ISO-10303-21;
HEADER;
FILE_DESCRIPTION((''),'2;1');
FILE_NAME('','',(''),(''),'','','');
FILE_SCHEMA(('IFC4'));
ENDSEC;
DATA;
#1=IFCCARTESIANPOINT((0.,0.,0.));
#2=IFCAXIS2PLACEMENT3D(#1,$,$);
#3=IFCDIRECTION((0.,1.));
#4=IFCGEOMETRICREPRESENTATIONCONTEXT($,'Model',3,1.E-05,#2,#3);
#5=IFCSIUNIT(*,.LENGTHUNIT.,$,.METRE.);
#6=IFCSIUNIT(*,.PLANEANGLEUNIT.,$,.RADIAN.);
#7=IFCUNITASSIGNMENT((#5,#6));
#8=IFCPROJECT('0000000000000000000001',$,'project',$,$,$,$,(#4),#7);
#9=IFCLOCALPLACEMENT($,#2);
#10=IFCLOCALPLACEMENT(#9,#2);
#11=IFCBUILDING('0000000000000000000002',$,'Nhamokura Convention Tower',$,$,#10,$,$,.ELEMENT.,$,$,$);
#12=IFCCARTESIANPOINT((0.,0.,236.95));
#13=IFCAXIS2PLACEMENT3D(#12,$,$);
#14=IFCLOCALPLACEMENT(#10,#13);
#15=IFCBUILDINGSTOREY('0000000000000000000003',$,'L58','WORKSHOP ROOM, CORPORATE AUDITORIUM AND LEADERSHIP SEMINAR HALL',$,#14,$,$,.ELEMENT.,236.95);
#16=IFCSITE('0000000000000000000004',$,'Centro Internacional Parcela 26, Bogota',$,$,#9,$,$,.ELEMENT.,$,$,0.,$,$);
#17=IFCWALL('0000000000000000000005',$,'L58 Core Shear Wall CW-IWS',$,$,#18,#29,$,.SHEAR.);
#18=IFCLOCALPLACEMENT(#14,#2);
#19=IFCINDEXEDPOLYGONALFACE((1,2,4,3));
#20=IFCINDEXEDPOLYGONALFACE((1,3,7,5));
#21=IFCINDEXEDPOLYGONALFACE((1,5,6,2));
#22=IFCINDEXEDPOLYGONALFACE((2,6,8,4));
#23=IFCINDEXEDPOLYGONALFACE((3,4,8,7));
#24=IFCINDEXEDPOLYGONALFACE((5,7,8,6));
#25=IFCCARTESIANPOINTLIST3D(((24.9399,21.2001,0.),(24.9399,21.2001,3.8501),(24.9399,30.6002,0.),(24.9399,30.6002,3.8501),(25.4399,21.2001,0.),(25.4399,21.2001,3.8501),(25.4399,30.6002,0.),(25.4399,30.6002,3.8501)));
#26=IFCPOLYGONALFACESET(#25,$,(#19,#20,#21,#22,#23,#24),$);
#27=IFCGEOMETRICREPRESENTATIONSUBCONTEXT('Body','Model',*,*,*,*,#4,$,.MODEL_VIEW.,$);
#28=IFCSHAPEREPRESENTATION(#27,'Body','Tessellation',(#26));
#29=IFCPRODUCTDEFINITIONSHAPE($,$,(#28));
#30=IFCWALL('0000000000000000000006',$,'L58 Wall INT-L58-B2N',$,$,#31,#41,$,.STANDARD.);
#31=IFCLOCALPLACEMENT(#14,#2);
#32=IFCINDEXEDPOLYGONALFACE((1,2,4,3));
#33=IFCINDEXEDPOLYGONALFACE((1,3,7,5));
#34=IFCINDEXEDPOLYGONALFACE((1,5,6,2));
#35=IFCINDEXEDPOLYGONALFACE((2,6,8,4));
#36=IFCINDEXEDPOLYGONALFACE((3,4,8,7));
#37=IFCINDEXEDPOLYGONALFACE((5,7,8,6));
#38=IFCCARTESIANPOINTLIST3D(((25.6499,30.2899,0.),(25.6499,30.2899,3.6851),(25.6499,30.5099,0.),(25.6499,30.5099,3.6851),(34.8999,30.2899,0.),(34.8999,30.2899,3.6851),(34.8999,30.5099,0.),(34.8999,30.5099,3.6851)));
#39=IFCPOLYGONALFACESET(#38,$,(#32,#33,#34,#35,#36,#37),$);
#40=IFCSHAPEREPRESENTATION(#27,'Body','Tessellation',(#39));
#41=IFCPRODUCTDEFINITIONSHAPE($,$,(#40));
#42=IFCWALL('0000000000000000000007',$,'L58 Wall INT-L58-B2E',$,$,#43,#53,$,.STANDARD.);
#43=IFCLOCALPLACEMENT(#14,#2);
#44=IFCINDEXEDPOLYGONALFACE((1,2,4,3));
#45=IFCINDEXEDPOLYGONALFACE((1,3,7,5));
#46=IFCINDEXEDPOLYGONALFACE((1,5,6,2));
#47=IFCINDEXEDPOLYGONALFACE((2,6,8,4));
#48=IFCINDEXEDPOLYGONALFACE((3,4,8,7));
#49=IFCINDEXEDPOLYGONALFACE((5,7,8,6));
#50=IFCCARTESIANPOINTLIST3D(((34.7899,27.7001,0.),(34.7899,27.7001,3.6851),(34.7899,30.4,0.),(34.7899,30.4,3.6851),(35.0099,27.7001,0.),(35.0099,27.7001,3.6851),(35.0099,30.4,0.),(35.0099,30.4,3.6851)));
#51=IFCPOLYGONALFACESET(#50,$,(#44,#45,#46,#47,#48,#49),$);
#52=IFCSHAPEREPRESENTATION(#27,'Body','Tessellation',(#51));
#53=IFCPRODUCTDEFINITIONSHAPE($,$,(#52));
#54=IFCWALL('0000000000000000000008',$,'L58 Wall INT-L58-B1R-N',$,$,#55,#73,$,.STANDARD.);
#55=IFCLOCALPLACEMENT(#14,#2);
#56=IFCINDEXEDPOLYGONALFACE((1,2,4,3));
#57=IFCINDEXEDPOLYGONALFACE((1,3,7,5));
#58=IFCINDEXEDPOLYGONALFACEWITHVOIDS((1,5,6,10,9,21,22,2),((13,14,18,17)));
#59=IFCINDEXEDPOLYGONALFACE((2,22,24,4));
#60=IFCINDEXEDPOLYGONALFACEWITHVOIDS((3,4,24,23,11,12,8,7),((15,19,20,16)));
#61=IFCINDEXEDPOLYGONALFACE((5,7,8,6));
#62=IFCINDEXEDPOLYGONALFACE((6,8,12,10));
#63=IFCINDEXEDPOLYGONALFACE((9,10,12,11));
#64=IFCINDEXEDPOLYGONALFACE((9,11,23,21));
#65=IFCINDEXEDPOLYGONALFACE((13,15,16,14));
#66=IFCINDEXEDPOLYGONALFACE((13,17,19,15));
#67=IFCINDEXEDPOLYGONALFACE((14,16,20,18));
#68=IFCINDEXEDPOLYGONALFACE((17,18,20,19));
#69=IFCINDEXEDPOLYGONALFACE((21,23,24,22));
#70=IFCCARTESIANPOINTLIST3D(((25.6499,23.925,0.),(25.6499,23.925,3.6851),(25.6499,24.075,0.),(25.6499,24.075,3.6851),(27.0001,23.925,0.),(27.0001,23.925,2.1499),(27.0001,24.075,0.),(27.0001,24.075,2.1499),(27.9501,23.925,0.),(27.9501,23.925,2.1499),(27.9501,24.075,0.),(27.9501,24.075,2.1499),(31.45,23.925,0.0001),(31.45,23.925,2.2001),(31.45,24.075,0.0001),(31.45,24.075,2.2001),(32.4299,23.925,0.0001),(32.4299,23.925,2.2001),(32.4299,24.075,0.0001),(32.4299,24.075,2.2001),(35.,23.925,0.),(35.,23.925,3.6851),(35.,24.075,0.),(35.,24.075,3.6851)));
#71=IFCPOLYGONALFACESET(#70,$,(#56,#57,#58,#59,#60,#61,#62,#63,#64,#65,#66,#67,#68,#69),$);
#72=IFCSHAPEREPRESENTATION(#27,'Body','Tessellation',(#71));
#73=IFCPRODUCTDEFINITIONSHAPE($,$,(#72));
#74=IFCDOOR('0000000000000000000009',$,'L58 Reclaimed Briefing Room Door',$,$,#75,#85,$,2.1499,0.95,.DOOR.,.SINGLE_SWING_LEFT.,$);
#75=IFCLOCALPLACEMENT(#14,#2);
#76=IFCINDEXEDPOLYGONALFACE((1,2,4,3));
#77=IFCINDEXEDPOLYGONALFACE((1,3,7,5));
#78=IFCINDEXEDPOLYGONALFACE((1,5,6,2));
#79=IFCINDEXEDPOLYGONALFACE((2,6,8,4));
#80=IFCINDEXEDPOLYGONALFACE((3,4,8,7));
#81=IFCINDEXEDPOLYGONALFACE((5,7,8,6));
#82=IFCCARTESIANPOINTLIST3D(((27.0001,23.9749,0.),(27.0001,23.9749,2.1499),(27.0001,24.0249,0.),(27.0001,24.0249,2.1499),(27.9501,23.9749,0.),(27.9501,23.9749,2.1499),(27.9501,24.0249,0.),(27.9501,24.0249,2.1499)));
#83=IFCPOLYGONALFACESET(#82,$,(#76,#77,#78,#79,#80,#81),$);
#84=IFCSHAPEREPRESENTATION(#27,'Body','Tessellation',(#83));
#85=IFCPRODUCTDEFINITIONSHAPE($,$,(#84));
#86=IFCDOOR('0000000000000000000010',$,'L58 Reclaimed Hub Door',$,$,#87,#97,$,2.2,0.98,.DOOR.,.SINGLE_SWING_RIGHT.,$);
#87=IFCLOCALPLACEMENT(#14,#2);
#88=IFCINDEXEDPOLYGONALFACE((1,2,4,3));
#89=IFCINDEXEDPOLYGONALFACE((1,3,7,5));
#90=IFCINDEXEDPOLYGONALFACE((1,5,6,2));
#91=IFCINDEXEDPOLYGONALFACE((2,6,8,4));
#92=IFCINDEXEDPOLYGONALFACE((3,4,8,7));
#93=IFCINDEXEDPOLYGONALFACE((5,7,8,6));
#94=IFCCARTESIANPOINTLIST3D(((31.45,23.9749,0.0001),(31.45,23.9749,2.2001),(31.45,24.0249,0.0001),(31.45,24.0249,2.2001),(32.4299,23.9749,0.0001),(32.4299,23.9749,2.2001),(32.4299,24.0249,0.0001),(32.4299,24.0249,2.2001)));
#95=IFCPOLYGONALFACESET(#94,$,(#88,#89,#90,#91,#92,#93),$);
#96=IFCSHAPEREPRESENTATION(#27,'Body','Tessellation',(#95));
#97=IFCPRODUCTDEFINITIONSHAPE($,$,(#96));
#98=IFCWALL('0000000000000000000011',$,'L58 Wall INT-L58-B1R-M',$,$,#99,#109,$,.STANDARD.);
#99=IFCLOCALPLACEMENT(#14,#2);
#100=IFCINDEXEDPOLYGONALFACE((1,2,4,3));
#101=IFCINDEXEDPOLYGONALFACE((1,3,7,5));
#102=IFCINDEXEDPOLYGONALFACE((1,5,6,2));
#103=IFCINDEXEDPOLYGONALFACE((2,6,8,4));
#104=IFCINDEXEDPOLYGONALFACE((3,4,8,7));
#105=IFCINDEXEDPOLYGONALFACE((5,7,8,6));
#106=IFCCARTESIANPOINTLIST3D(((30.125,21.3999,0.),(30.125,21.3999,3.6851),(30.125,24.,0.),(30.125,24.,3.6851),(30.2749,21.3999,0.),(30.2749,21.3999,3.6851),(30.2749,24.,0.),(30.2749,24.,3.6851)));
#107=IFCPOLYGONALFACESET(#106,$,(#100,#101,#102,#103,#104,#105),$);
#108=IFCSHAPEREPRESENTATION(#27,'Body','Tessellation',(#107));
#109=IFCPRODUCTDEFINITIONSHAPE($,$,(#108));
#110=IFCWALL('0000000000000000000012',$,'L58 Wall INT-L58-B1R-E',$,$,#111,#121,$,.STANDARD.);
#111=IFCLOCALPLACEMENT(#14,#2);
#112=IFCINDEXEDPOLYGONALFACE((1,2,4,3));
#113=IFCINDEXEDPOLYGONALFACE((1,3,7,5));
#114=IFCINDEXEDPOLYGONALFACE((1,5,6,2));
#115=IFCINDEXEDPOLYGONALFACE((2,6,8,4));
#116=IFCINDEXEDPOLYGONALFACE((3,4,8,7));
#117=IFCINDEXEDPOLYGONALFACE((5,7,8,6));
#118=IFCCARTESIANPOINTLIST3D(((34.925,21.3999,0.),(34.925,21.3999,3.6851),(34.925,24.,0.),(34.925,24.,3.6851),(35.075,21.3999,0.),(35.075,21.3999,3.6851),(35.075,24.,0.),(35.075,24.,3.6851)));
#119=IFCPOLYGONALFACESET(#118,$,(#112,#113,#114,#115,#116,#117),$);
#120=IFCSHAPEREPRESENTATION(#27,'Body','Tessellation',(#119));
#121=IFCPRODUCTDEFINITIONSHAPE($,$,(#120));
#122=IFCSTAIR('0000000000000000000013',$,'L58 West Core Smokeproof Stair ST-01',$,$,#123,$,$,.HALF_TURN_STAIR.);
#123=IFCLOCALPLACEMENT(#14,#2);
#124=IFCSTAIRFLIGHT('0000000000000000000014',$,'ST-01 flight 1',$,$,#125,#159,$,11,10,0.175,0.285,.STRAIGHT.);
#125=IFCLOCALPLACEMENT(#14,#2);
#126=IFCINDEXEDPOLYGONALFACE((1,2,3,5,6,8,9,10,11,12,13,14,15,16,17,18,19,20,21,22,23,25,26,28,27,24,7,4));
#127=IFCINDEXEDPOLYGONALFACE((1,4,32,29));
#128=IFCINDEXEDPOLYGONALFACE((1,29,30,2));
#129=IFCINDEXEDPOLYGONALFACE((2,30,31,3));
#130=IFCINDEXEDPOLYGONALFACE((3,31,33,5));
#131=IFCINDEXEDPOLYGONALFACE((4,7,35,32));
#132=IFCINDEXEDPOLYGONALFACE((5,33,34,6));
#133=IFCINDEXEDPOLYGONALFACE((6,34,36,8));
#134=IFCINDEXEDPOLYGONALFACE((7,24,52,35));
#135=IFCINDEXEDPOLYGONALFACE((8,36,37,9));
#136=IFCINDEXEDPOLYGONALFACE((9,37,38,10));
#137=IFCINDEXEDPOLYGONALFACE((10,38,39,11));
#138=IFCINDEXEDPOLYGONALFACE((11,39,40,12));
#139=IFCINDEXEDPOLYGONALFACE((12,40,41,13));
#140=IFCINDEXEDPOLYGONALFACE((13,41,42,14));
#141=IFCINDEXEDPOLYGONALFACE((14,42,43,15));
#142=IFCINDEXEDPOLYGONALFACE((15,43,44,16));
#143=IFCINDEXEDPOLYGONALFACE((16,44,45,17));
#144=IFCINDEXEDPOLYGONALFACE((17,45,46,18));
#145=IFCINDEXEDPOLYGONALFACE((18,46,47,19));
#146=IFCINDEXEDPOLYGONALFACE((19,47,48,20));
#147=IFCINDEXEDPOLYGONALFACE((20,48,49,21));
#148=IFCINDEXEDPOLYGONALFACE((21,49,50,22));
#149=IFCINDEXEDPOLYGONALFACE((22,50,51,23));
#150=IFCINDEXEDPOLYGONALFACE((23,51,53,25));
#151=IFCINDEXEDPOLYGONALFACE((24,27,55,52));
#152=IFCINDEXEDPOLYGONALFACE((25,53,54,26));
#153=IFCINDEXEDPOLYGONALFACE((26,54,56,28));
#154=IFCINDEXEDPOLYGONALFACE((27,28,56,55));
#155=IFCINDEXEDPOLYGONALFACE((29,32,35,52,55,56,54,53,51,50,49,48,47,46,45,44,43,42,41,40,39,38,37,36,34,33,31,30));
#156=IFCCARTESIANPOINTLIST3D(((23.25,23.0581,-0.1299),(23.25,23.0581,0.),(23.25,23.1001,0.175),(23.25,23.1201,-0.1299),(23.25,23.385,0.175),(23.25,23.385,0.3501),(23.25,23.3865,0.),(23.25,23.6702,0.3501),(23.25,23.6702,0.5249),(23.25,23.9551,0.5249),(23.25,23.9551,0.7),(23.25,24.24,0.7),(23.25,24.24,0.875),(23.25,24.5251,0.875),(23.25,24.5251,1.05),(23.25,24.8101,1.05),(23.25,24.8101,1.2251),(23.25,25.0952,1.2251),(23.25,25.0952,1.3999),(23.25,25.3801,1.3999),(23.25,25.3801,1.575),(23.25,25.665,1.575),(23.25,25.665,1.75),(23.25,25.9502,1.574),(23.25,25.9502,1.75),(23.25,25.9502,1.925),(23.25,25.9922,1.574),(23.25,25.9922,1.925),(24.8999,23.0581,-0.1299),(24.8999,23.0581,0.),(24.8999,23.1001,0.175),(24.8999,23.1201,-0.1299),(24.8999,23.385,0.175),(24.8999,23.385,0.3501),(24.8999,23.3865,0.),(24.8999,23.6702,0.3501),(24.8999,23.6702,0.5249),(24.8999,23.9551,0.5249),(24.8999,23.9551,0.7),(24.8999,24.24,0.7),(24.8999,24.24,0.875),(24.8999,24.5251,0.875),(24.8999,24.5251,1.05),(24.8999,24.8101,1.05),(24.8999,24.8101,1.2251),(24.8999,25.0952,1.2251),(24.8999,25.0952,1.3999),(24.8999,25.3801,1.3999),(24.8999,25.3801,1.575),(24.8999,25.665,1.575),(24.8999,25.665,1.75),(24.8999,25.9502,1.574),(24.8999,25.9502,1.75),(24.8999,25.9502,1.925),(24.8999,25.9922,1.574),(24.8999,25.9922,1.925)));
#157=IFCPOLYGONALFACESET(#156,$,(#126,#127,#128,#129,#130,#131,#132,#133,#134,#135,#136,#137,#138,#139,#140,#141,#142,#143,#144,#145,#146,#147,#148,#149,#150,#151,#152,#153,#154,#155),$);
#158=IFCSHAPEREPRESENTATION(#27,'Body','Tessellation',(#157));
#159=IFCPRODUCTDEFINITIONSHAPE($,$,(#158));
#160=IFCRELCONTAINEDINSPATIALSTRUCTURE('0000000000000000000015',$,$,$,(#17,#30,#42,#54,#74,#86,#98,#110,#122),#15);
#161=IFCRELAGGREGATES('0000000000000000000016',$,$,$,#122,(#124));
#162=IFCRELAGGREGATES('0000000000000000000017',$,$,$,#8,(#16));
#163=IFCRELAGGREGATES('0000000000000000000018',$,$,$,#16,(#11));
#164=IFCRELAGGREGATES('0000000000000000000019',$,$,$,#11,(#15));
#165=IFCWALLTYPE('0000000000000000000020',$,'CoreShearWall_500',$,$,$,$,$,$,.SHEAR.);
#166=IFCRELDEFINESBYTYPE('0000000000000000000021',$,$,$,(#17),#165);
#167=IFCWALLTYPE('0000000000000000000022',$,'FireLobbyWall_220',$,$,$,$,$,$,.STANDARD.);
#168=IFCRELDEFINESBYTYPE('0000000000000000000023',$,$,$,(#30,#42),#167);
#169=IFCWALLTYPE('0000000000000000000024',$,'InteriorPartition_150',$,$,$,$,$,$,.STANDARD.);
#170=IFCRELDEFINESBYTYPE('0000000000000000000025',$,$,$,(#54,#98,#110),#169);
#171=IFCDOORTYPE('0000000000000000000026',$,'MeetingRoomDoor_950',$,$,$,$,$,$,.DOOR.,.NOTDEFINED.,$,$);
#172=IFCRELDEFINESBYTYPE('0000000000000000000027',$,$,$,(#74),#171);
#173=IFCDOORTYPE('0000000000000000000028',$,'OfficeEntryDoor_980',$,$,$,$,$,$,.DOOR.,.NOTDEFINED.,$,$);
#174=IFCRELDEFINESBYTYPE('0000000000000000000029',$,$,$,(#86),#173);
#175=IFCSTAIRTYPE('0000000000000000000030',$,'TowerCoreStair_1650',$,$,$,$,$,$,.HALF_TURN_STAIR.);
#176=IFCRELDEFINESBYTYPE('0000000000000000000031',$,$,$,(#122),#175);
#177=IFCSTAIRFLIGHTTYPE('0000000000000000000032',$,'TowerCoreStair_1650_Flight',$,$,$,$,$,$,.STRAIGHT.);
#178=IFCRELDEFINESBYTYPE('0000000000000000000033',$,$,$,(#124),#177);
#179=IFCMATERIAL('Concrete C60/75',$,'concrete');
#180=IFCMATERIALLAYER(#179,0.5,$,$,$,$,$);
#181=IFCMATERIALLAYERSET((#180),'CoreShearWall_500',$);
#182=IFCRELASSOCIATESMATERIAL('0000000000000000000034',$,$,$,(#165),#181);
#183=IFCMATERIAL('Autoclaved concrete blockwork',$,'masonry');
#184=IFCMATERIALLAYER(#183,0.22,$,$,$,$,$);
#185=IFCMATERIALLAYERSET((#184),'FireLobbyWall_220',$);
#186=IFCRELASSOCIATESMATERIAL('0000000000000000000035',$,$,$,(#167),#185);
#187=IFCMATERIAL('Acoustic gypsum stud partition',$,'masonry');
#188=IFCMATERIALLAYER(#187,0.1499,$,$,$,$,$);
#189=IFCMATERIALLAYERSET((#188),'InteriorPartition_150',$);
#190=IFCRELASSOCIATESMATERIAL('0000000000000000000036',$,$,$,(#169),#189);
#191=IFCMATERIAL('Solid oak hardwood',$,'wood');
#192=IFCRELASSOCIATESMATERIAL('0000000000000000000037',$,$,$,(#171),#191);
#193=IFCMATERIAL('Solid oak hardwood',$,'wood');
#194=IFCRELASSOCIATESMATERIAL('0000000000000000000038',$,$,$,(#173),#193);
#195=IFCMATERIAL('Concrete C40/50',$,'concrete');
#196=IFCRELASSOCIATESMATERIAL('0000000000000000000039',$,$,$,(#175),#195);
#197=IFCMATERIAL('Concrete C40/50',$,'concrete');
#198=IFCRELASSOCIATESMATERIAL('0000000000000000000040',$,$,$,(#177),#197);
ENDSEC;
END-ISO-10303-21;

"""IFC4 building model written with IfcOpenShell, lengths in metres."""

from ifc_helpers import new_model, si_unit, direction, frame, frame_2d, origin, place, context, subcontext, project, spatial, polyline, rectangle, outline, extrude, material, layer, layer_set, type_object, element, fill, aggregate, save


model = new_model("IFC4")

# Units and contexts
model_context = context("Model", 3, precision=1e-05, world=origin(), true_north=direction((0.0, 1.0)))
body_context = subcontext(model_context, "Body", "Model", "MODEL_VIEW")
ifc_project = project(units=[si_unit("LENGTHUNIT", "METRE"), si_unit("PLANEANGLEUNIT", "RADIAN")], contexts=[model_context])

# Site, building, storey
site_placement = place(None, origin())
site = spatial("IfcSite", under=ifc_project, at=site_placement, Name="Centro Internacional Parcela 26, Bogota", CompositionType="ELEMENT", RefElevation=0.0)
building_placement = place(site_placement, origin())
building = spatial("IfcBuilding", under=site, at=building_placement, Name="Nhamokura Convention Tower", CompositionType="ELEMENT")
storey_placement = place(building_placement, frame((0.0, 0.0, 236.95)))
storey = spatial("IfcBuildingStorey", under=building, at=storey_placement, Name="L58", Description="WORKSHOP ROOM, CORPORATE AUDITORIUM AND LEADERSHIP SEMINAR HALL", CompositionType="ELEMENT", Elevation=236.95)

# Shared definitions
ifc_material_1 = material(Name="Concrete C60/75", Category="concrete")
ifc_layer_1 = layer(ifc_material_1, 0.5)
ifc_layer_set_1 = layer_set([ifc_layer_1], Name="CoreShearWall_500")
wall_type_1 = type_object("IfcWallType", Name="CoreShearWall_500", PredefinedType="SHEAR", material=ifc_layer_set_1)

# Wall
wall_1_placement = place(storey_placement, frame((25.1899, 21.2, 0.0), z_axis=(0.0, 0.0, 1.0), x_axis=(0.0, 1.0, 0.0)))
element("IfcWall", 1, at=wall_1_placement, inside=storey, type_object=wall_type_1, Name="L58 Core Shear Wall CW-IWS", PredefinedType="SHEAR", context=body_context, shape_type="SweptSolid", body=[
    extrude(rectangle(XDim=9.4001, YDim=0.5, at=frame_2d((4.7002, 0.0))), origin(), (0.0, 0.0, 1.0), 3.8501),
])

# Shared definitions
ifc_material_2 = material(Name="Autoclaved concrete blockwork", Category="masonry")
ifc_layer_2 = layer(ifc_material_2, 0.22)
ifc_layer_set_2 = layer_set([ifc_layer_2], Name="FireLobbyWall_220")
wall_type_2 = type_object("IfcWallType", Name="FireLobbyWall_220", PredefinedType="STANDARD", material=ifc_layer_set_2)

# Walls
wall_2_placement = place(storey_placement, frame((25.6499, 30.3999, 0.0), z_axis=(0.0, 0.0, 1.0), x_axis=(1.0, 0.0, 0.0)))
element("IfcWall", 2, at=wall_2_placement, inside=storey, type_object=wall_type_2, Name="L58 Wall INT-L58-B2N", PredefinedType="STANDARD", context=body_context, shape_type="SweptSolid", body=[
    extrude(rectangle(XDim=9.25, YDim=0.22, at=frame_2d((4.625, 0.0))), origin(), (0.0, 0.0, 1.0), 3.6851),
])
wall_3_placement = place(storey_placement, frame((34.8999, 27.7, 0.0), z_axis=(0.0, 0.0, 1.0), x_axis=(0.0, 1.0, 0.0)))
element("IfcWall", 3, at=wall_3_placement, inside=storey, type_object=wall_type_2, Name="L58 Wall INT-L58-B2E", PredefinedType="STANDARD", context=body_context, shape_type="SweptSolid", body=[
    extrude(rectangle(XDim=2.7, YDim=0.22, at=frame_2d((1.3501, 0.0))), origin(), (0.0, 0.0, 1.0), 3.6851),
])

# Wall, openings, doors
ifc_material_3 = material(Name="Acoustic gypsum stud partition", Category="masonry")
ifc_layer_3 = layer(ifc_material_3, 0.1499)
ifc_layer_set_3 = layer_set([ifc_layer_3], Name="InteriorPartition_150")
wall_type_3 = type_object("IfcWallType", Name="InteriorPartition_150", PredefinedType="STANDARD", material=ifc_layer_set_3)
wall_4_placement = place(storey_placement, frame((25.6499, 24.0, 0.0), z_axis=(0.0, 0.0, 1.0), x_axis=(1.0, 0.0, 0.0)))
wall_4 = element("IfcWall", 4, at=wall_4_placement, inside=storey, type_object=wall_type_3, Name="L58 Wall INT-L58-B1R-N", PredefinedType="STANDARD", context=body_context, shape_type="SweptSolid", body=[
    extrude(rectangle(XDim=9.3501, YDim=0.1499, at=frame_2d((4.675, 0.0))), origin(), (0.0, 0.0, 1.0), 3.6851),
])
opening_1_placement = place(wall_4_placement, frame((1.3501, 0.0, 0.0)))
opening_1 = element("IfcOpeningElement", 5, at=opening_1_placement, cuts=wall_4, PredefinedType="OPENING", context=body_context, shape_type="SweptSolid", body=[
    extrude(rectangle(XDim=0.95, YDim=2.1499, at=frame_2d((0.4751, 1.075))), frame((0.0, 0.085, 0.0), z_axis=(0.0, -1.0, 0.0), x_axis=(1.0, 0.0, 0.0)), (0.0, 0.0, 1.0), 0.1699),
])
opening_2_placement = place(wall_4_placement, frame((5.8, 0.0, 0.0)))
opening_2 = element("IfcOpeningElement", 6, at=opening_2_placement, cuts=wall_4, PredefinedType="OPENING", context=body_context, shape_type="SweptSolid", body=[
    extrude(rectangle(XDim=0.98, YDim=2.2, at=frame_2d((0.49, 1.1001))), frame((0.0, 0.085, 0.0), z_axis=(0.0, -1.0, 0.0), x_axis=(1.0, 0.0, 0.0)), (0.0, 0.0, 1.0), 0.1699),
])
ifc_material_4 = material(Name="Solid oak hardwood", Category="wood")
door_type_1 = type_object("IfcDoorType", Name="MeetingRoomDoor_950", OperationType="NOTDEFINED", PredefinedType="DOOR", material=ifc_material_4)
door_1_placement = place(opening_1_placement, origin())
door_1 = element("IfcDoor", 7, at=door_1_placement, inside=storey, type_object=door_type_1, Name="L58 Reclaimed Briefing Room Door", OperationType="SINGLE_SWING_LEFT", OverallHeight=2.1499, OverallWidth=0.95, PredefinedType="DOOR", context=body_context, shape_type="SweptSolid", body=[
    extrude(rectangle(XDim=0.95, YDim=2.1499, at=frame_2d((0.4751, 1.075))), frame((0.0, 0.0249, 0.0), z_axis=(0.0, -1.0, 0.0), x_axis=(1.0, 0.0, 0.0)), (0.0, 0.0, 1.0), 0.05),
])
fill(opening_1, door_1)
ifc_material_5 = material(Name="Solid oak hardwood", Category="wood")
door_type_2 = type_object("IfcDoorType", Name="OfficeEntryDoor_980", OperationType="NOTDEFINED", PredefinedType="DOOR", material=ifc_material_5)
door_2_placement = place(opening_2_placement, origin())
door_2 = element("IfcDoor", 8, at=door_2_placement, inside=storey, type_object=door_type_2, Name="L58 Reclaimed Hub Door", OperationType="SINGLE_SWING_RIGHT", OverallHeight=2.2, OverallWidth=0.98, PredefinedType="DOOR", context=body_context, shape_type="SweptSolid", body=[
    extrude(rectangle(XDim=0.98, YDim=2.2, at=frame_2d((0.49, 1.1001))), frame((0.0, 0.0249, 0.0), z_axis=(0.0, -1.0, 0.0), x_axis=(1.0, 0.0, 0.0)), (0.0, 0.0, 1.0), 0.05),
])
fill(opening_2, door_2)

# Walls
for number, where, z_axis, x_axis, name in (
    (9, (30.2, 21.3999, 0.0), (0.0, 0.0, 1.0), (0.0, 1.0, 0.0), "L58 Wall INT-L58-B1R-M"),
    (10, (35.0, 21.3999, 0.0), (0.0, 0.0, 1.0), (0.0, 1.0, 0.0), "L58 Wall INT-L58-B1R-E"),
):
    element("IfcWall", number, at=place(storey_placement, frame(where, z_axis=z_axis, x_axis=x_axis)), inside=storey, type_object=wall_type_3, Name=name, PredefinedType="STANDARD", context=body_context, shape_type="SweptSolid", body=[
        extrude(rectangle(XDim=2.6001, YDim=0.1499, at=frame_2d((1.3, 0.0))), origin(), (0.0, 0.0, 1.0), 3.6851),
    ])

# Stair, stair flight
ifc_material_6 = material(Name="Concrete C40/50", Category="concrete")
stair_type = type_object("IfcStairType", Name="TowerCoreStair_1650", PredefinedType="HALF_TURN_STAIR", material=ifc_material_6)
stair_placement = place(storey_placement, origin())
stair = element("IfcStair", 11, at=stair_placement, inside=storey, type_object=stair_type, Name="L58 West Core Smokeproof Stair ST-01", PredefinedType="HALF_TURN_STAIR")
ifc_material_7 = material(Name="Concrete C40/50", Category="concrete")
stair_flight_type = type_object("IfcStairFlightType", Name="TowerCoreStair_1650_Flight", PredefinedType="STRAIGHT", material=ifc_material_7)
stair_flight_1_placement = place(storey_placement, frame((24.075, 23.1001, 0.0), z_axis=(0.0, 0.0, 1.0), x_axis=(0.0, 1.0, 0.0)))
stair_flight_1 = element("IfcStairFlight", 12, at=stair_flight_1_placement, type_object=stair_flight_type, Name="ST-01 flight 1", NumberOfRisers=11, NumberOfTreads=10, PredefinedType="STRAIGHT", RiserHeight=0.175, TreadLength=0.285, context=body_context, shape_type="SweptSolid", body=[
    extrude(outline(polyline([(-0.042, 0.0), (0.0, 0.175), (0.2849, 0.175), (0.2849, 0.3501), (0.5701, 0.3501), (0.5701, 0.5249), (0.855, 0.5249), (0.855, 0.7), (1.1399, 0.7), (1.1399, 0.875), (1.425, 0.875), (1.425, 1.05), (1.71, 1.05), (1.71, 1.2251), (1.9951, 1.2251), (1.9951, 1.3999), (2.28, 1.3999), (2.28, 1.575), (2.5649, 1.575), (2.5649, 1.75), (2.8501, 1.75), (2.8501, 1.925), (2.8921, 1.925), (2.8921, 1.574), (2.8501, 1.574), (0.2864, 0.0), (0.02, -0.1299), (-0.042, -0.1299), (-0.042, 0.0)])), frame((0.0, 0.825, 0.0), z_axis=(0.0, -1.0, 0.0), x_axis=(1.0, 0.0, 0.0)), (0.0, 0.0, 1.0), 1.6499),
])
aggregate(stair, [stair_flight_1])

save(model, "model.ifc")
